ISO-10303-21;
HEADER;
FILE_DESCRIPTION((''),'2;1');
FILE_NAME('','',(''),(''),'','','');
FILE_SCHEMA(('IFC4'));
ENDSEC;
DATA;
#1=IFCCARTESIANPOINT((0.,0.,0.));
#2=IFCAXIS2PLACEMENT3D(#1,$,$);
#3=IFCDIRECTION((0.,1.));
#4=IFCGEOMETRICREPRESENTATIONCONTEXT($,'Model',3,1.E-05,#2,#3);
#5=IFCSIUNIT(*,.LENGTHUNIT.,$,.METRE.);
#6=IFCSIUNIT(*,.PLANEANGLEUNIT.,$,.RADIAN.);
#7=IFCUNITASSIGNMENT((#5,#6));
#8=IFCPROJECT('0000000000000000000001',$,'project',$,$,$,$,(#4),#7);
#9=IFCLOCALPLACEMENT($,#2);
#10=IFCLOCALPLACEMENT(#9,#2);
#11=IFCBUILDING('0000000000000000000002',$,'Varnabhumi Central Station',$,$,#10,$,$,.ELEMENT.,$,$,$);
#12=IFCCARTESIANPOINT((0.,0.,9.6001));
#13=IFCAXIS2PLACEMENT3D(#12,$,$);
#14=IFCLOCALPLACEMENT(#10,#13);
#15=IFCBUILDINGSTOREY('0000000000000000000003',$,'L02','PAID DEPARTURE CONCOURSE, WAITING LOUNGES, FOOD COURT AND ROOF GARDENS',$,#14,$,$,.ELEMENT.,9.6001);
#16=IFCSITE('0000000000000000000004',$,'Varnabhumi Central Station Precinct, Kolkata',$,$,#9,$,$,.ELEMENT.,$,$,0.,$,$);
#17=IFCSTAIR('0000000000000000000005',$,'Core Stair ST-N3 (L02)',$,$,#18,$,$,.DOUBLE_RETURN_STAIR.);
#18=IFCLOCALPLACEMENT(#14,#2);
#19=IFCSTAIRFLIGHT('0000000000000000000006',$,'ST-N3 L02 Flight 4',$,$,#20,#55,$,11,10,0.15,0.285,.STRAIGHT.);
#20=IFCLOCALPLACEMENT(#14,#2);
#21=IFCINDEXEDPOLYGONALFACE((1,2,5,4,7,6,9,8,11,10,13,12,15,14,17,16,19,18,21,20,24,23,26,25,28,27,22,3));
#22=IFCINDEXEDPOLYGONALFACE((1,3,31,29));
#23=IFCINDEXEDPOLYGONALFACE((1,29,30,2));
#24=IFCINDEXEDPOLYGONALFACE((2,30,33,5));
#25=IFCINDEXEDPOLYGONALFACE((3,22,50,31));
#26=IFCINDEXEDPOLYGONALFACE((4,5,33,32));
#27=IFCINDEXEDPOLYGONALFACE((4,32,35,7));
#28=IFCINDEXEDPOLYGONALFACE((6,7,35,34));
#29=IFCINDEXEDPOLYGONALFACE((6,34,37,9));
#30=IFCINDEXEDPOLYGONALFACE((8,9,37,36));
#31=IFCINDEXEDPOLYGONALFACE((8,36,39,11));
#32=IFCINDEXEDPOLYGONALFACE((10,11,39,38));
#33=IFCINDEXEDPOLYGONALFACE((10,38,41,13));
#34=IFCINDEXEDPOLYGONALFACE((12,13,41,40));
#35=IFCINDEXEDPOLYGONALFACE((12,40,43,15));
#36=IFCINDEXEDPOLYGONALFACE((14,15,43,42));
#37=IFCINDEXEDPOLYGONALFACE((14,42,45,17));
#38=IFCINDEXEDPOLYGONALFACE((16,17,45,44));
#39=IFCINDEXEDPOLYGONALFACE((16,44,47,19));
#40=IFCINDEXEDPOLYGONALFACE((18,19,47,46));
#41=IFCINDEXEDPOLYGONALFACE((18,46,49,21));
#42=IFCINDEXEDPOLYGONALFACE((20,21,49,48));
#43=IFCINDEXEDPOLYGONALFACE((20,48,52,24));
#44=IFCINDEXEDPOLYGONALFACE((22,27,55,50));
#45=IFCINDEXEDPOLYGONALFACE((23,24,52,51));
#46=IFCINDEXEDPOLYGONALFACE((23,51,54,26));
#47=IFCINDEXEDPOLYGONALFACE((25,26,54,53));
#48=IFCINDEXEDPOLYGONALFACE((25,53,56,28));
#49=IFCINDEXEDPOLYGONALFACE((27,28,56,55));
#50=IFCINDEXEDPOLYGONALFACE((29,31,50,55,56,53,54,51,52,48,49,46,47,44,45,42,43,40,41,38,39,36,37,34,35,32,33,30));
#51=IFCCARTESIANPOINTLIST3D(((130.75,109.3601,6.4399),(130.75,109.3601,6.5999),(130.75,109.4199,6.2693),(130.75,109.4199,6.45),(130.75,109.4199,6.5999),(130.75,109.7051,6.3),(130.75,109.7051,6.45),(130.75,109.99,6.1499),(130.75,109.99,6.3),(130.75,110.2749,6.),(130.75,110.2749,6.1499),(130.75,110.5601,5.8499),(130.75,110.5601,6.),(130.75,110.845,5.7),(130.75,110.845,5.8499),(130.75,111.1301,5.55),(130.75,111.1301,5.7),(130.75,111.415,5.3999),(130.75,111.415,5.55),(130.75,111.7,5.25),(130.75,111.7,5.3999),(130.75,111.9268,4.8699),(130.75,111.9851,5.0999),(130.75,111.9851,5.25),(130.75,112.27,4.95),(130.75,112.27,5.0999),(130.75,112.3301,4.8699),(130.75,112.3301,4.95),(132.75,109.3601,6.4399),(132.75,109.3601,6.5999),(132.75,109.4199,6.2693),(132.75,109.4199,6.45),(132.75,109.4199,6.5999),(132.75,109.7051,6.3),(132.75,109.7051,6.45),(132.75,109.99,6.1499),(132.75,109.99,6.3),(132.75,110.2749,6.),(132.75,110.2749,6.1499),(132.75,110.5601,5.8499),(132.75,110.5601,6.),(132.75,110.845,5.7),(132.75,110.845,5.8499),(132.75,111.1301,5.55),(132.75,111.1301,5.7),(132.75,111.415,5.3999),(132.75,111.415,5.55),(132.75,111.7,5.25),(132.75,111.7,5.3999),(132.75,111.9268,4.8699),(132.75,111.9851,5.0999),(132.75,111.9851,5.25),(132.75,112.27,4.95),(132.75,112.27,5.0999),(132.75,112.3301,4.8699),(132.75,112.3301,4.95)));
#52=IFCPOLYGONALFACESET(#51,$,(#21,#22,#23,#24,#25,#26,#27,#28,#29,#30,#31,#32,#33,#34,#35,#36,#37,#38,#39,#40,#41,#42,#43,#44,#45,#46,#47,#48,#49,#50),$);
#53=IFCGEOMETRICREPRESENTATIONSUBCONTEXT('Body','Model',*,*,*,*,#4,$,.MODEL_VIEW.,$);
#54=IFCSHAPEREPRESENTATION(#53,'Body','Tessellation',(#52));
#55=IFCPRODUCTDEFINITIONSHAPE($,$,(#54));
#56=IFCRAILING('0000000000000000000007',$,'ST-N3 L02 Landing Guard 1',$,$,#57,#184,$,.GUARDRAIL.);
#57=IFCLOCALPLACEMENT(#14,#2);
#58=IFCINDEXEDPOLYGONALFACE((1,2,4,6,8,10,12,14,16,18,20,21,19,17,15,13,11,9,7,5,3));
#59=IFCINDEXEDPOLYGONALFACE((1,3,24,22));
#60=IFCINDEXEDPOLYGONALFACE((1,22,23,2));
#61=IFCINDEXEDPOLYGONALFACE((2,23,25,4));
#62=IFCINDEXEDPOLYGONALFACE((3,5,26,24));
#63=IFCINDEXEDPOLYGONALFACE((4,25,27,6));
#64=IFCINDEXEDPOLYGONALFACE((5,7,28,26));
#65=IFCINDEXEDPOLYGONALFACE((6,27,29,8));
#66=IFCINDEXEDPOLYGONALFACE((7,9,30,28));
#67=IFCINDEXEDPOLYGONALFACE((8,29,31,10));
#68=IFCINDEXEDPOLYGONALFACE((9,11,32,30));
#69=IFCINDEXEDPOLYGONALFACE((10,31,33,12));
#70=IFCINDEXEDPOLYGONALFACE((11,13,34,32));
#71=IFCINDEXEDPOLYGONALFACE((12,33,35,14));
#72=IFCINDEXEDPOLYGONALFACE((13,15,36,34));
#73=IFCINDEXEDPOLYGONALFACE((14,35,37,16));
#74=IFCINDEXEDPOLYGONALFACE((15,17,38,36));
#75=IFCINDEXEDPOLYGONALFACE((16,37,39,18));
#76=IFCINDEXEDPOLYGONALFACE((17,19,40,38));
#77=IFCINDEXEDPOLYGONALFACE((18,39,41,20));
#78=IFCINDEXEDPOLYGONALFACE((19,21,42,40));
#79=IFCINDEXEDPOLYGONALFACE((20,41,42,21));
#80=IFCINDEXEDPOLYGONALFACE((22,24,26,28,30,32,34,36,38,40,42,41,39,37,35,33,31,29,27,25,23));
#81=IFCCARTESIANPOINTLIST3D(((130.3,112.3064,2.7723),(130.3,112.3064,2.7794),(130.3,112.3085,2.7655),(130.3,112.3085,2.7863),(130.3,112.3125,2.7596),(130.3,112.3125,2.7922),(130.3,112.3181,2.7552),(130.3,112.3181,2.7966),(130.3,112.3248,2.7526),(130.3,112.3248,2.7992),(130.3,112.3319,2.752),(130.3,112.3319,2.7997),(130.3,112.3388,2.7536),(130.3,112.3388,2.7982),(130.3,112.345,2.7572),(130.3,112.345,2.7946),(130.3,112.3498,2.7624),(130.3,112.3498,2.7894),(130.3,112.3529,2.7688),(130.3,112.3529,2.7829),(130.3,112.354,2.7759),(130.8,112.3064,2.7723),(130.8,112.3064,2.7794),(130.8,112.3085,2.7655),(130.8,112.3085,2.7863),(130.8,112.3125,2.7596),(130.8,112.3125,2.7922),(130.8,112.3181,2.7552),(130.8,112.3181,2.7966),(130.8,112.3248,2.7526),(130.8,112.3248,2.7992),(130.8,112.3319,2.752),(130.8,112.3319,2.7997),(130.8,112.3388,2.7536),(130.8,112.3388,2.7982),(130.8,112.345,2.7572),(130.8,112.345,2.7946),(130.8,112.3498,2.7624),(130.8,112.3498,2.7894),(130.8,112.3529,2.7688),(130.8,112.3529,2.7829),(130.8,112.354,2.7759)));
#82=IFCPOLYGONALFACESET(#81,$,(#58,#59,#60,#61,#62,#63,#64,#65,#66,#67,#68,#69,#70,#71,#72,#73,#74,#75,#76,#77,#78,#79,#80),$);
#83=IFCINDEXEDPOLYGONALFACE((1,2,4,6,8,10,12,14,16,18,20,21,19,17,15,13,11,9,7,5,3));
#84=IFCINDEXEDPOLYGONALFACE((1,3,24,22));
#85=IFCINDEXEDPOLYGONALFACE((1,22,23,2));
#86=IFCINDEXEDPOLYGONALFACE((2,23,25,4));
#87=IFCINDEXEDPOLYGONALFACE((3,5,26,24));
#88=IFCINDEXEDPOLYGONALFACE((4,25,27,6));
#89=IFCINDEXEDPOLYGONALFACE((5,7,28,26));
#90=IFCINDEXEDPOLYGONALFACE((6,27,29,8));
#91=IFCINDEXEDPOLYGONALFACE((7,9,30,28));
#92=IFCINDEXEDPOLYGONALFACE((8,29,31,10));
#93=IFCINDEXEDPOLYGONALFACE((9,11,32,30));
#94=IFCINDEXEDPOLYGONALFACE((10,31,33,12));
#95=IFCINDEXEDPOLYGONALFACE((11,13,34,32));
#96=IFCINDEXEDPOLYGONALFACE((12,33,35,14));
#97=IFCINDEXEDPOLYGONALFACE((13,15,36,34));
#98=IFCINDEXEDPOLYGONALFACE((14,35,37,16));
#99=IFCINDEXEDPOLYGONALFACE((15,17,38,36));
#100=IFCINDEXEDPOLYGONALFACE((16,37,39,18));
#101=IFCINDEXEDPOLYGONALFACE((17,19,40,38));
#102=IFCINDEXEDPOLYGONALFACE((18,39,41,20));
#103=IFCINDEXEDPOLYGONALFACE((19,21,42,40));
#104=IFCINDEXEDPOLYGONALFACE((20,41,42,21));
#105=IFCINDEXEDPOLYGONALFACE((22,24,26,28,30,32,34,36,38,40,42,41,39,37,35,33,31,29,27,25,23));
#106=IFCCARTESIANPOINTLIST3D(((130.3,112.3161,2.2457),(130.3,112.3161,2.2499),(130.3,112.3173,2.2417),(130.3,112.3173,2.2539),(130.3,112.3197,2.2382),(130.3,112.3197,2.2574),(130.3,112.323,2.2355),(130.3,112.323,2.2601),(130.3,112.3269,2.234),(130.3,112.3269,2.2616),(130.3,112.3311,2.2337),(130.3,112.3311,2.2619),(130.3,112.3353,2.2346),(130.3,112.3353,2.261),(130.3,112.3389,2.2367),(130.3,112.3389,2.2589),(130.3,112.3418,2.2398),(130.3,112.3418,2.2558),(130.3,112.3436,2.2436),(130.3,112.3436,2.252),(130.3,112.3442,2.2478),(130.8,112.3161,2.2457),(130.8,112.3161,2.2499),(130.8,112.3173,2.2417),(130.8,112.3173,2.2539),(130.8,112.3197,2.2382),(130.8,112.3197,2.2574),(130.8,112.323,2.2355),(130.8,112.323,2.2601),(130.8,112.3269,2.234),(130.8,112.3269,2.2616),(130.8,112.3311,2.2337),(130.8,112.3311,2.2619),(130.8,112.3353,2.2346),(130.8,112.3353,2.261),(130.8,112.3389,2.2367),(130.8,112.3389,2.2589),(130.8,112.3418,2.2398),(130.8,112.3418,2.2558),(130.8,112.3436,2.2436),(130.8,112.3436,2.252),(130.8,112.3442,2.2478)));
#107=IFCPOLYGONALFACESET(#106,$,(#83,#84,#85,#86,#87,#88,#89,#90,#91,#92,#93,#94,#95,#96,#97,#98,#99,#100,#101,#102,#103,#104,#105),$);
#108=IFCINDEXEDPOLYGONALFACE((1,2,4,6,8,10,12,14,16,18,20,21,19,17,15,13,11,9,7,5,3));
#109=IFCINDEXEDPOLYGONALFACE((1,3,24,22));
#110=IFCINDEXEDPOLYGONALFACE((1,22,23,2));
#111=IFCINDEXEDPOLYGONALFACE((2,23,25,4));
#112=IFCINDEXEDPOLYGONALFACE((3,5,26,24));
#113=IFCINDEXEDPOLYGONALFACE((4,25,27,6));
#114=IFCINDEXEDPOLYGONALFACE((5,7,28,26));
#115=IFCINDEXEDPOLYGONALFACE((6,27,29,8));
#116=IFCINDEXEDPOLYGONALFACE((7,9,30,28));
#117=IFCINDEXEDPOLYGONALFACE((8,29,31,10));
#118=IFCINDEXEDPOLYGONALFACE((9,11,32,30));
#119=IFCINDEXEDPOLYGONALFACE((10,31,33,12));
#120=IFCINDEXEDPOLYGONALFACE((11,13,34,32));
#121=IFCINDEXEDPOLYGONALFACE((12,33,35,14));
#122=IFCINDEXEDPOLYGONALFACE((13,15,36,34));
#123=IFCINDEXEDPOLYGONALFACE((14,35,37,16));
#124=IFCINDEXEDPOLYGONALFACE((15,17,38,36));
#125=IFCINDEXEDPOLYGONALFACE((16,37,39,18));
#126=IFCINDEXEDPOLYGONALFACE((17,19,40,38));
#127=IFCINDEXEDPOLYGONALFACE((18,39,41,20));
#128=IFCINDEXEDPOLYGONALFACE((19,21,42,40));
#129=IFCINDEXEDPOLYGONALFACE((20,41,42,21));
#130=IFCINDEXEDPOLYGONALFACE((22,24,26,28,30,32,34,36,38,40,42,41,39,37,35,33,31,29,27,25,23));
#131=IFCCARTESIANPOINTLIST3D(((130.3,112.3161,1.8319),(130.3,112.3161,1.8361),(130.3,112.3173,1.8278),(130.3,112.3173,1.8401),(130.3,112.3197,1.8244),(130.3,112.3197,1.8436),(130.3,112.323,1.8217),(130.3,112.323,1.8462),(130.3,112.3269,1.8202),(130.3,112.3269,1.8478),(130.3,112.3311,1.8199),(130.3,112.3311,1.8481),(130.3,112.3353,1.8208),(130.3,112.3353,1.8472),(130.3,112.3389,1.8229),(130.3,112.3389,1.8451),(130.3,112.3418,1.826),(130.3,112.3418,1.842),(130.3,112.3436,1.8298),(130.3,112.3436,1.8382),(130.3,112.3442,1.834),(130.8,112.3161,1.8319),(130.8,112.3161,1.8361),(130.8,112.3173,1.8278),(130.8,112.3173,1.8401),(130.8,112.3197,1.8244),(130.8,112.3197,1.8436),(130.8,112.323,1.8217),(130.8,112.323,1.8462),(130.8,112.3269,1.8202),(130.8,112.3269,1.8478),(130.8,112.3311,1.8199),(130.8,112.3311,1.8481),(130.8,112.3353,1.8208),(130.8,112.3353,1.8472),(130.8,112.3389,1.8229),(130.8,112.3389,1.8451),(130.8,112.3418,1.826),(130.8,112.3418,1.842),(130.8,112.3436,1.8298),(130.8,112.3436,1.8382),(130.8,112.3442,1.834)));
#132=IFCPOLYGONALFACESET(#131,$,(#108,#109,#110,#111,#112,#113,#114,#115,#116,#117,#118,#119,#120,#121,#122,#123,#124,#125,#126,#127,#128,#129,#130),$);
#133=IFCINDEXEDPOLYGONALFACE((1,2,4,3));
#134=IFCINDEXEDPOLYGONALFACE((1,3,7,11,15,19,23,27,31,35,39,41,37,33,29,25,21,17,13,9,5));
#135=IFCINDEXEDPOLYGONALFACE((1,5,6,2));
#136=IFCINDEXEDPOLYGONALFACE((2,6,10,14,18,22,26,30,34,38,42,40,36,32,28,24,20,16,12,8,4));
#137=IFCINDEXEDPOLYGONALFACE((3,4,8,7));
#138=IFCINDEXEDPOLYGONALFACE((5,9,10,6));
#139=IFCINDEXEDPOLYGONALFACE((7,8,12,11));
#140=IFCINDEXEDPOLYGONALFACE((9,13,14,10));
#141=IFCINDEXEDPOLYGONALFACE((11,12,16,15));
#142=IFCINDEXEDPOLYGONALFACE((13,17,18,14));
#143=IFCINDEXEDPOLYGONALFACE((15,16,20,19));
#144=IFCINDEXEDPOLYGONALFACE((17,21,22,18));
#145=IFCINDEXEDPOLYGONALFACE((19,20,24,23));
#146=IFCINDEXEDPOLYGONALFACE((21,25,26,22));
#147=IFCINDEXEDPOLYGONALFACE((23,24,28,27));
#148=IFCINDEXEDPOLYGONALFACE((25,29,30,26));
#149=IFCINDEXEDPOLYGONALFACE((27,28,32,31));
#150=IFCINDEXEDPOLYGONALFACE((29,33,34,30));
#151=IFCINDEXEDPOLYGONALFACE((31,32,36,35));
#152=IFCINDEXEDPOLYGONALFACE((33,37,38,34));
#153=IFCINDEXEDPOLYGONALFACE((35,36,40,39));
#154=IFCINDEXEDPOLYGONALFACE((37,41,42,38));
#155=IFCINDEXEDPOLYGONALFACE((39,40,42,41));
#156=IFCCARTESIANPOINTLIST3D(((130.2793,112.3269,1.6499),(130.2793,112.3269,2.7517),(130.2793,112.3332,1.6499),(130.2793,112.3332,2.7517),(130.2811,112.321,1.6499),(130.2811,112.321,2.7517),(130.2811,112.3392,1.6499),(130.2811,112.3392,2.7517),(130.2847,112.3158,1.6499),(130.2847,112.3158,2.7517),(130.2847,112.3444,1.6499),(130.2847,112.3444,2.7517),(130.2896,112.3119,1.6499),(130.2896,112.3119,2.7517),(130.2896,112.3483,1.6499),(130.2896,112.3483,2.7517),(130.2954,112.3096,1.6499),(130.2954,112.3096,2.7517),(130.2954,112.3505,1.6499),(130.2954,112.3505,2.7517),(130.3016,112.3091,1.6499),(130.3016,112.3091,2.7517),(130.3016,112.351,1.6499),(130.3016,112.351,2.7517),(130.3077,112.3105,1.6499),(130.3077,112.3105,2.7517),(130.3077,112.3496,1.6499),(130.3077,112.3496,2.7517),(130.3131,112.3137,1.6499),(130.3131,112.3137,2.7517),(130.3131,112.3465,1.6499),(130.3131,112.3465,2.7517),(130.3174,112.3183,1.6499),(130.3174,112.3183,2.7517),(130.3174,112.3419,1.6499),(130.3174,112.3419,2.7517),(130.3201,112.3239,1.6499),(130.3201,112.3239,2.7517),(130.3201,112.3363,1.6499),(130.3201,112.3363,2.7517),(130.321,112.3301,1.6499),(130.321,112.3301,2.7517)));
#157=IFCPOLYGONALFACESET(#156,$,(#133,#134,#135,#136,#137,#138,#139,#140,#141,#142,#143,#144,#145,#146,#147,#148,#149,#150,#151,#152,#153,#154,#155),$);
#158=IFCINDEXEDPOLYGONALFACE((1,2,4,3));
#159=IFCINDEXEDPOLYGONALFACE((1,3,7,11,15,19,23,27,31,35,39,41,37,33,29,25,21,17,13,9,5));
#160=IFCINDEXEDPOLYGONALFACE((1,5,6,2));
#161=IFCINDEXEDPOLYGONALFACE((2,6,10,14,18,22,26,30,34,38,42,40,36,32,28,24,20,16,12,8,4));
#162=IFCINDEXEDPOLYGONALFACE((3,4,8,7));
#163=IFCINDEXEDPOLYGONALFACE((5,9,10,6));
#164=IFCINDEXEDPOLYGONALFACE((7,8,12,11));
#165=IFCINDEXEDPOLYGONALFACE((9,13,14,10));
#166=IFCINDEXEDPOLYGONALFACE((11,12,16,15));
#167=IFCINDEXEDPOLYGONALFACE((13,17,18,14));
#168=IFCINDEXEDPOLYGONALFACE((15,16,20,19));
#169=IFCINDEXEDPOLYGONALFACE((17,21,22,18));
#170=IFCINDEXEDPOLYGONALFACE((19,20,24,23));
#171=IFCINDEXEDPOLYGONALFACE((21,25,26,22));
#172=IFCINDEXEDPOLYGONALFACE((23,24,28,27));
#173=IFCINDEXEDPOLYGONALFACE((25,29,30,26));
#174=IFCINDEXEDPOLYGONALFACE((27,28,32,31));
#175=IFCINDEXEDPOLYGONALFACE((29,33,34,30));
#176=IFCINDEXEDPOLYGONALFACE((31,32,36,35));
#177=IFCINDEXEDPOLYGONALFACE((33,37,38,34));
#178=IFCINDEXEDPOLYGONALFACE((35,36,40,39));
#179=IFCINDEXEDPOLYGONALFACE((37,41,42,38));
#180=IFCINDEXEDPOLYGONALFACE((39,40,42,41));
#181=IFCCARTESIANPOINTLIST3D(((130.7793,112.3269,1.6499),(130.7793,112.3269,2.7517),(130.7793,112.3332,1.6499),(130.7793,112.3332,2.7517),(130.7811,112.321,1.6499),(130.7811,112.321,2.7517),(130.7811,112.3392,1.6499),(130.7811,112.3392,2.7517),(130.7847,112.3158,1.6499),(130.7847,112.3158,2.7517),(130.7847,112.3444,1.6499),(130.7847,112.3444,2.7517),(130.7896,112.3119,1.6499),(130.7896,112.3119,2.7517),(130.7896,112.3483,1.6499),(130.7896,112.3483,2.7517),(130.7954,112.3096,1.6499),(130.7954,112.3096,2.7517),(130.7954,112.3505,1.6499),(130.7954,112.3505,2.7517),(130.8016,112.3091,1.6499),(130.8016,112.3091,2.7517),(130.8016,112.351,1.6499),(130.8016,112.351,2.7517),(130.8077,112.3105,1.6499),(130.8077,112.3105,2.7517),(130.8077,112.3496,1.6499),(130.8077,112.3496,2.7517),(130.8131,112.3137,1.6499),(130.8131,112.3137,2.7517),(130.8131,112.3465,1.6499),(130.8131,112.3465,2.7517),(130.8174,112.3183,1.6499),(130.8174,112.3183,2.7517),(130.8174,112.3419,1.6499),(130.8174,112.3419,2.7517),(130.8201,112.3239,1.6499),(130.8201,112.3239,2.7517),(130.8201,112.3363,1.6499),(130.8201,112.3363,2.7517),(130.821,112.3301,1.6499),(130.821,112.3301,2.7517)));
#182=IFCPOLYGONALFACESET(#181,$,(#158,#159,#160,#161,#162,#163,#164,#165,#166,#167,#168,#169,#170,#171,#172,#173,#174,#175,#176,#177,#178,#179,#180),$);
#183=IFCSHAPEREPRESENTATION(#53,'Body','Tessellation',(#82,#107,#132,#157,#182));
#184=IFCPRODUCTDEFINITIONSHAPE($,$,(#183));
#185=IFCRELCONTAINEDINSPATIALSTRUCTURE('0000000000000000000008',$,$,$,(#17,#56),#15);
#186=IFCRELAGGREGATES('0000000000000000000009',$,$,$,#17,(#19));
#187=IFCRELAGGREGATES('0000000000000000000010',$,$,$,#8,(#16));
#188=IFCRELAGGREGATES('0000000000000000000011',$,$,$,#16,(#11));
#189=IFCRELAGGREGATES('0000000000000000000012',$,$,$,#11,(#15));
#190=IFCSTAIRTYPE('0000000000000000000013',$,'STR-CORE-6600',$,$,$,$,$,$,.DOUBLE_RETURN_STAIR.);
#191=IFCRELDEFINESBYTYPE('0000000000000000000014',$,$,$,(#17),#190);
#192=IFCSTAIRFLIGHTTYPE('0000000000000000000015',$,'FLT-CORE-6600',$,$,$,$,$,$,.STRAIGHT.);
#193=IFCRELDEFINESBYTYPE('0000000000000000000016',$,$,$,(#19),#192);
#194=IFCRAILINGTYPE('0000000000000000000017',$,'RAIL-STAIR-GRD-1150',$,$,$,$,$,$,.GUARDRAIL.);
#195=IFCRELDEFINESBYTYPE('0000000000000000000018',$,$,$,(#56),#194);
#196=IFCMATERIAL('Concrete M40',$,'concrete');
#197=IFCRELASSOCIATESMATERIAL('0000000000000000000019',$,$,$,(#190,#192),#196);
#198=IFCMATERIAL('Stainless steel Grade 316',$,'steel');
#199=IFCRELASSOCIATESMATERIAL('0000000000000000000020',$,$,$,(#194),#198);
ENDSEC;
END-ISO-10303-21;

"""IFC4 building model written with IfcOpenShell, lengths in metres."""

from ifc_helpers import new_model, si_unit, direction, frame, origin, origin_2d, place, context, subcontext, project, spatial, polyline, circle, outline, extrude, material, type_object, element, aggregate, save


model = new_model("IFC4")

# Units and contexts
model_context = context("Model", 3, precision=1e-05, world=origin(), true_north=direction((0.0, 1.0)))
body_context = subcontext(model_context, "Body", "Model", "MODEL_VIEW")
ifc_project = project(units=[si_unit("LENGTHUNIT", "METRE"), si_unit("PLANEANGLEUNIT", "RADIAN")], contexts=[model_context])

# Site, building, storey
site_placement = place(None, origin())
site = spatial("IfcSite", under=ifc_project, at=site_placement, Name="Varnabhumi Central Station Precinct, Kolkata", CompositionType="ELEMENT", RefElevation=0.0)
building_placement = place(site_placement, origin())
building = spatial("IfcBuilding", under=site, at=building_placement, Name="Varnabhumi Central Station", CompositionType="ELEMENT")
storey_placement = place(building_placement, frame((0.0, 0.0, 9.6001)))
storey = spatial("IfcBuildingStorey", under=building, at=storey_placement, Name="L02", Description="PAID DEPARTURE CONCOURSE, WAITING LOUNGES, FOOD COURT AND ROOF GARDENS", CompositionType="ELEMENT", Elevation=9.6001)

# Shared definitions
ifc_material_1 = material(Name="Concrete M40", Category="concrete")

# Shared definitions
ifc_material_2 = material(Name="Stainless steel Grade 316", Category="steel")

# Stair, stair flight
stair_type = type_object("IfcStairType", Name="STR-CORE-6600", PredefinedType="DOUBLE_RETURN_STAIR", material=ifc_material_1)
stair_placement = place(storey_placement, origin())
stair = element("IfcStair", 1, at=stair_placement, inside=storey, type_object=stair_type, Name="Core Stair ST-N3 (L02)", PredefinedType="DOUBLE_RETURN_STAIR")
stair_flight_type = type_object("IfcStairFlightType", Name="FLT-CORE-6600", PredefinedType="STRAIGHT", material=ifc_material_1)
stair_flight_1_placement = place(storey_placement, frame((131.75, 112.27, 4.95), z_axis=(0.0, 0.0, 1.0), x_axis=(0.0, -1.0, 0.0)))
stair_flight_1 = element("IfcStairFlight", 2, at=stair_flight_1_placement, type_object=stair_flight_type, Name="ST-N3 L02 Flight 4", NumberOfRisers=11, NumberOfTreads=10, PredefinedType="STRAIGHT", RiserHeight=0.15, TreadLength=0.285, context=body_context, shape_type="SweptSolid", body=[
    extrude(outline(polyline([(-0.0601, -0.0801), (-0.0601, 0.0), (0.0, 0.0), (0.0, 0.1499), (0.2849, 0.1499), (0.2849, 0.3), (0.5701, 0.3), (0.5701, 0.45), (0.855, 0.45), (0.855, 0.6001), (1.1399, 0.6001), (1.1399, 0.75), (1.425, 0.75), (1.425, 0.8999), (1.71, 0.8999), (1.71, 1.05), (1.9951, 1.05), (1.9951, 1.2), (2.28, 1.2), (2.28, 1.3501), (2.5649, 1.3501), (2.5649, 1.5), (2.8501, 1.5), (2.8501, 1.6499), (2.9099, 1.6499), (2.9099, 1.49), (2.8501, 1.3193), (0.3433, -0.0801), (-0.0601, -0.0801)])), frame((0.0, 1.0, 0.0), z_axis=(0.0, -1.0, 0.0), x_axis=(1.0, 0.0, 0.0)), (0.0, 0.0, 1.0), 2.0),
])
aggregate(stair, [stair_flight_1])

# Railing
railing_type_1 = type_object("IfcRailingType", Name="RAIL-STAIR-GRD-1150", PredefinedType="GUARDRAIL", material=ifc_material_2)
railing_1_placement = place(storey_placement, frame((130.3, 112.3301, 1.6499)))
element("IfcRailing", 3, at=railing_1_placement, inside=storey, type_object=railing_type_1, Name="ST-N3 L02 Landing Guard 1", PredefinedType="GUARDRAIL", context=body_context, shape_type="SweptSolid", body=[
    extrude(circle(Radius=0.0239, at=origin_2d()), frame((0.0, 0.0, 1.126), z_axis=(1.0, 0.0, 0.0), x_axis=(0.0, 1.0, 0.0)), (0.0, 0.0, 1.0), 0.5),
    extrude(circle(Radius=0.0142, at=origin_2d()), frame((0.0, 0.0, 0.5979), z_axis=(1.0, 0.0, 0.0), x_axis=(0.0, 1.0, 0.0)), (0.0, 0.0, 1.0), 0.5),
    extrude(circle(Radius=0.0142, at=origin_2d()), frame((0.0, 0.0, 0.1841), z_axis=(1.0, 0.0, 0.0), x_axis=(0.0, 1.0, 0.0)), (0.0, 0.0, 1.0), 0.5),
    extrude(circle(Radius=0.021, at=origin_2d()), origin(), (0.0, 0.0, 1.0), 1.1018),
    extrude(circle(Radius=0.021, at=origin_2d()), frame((0.5, 0.0, 0.0)), (0.0, 0.0, 1.0), 1.1018),
])

save(model, "model.ifc")
